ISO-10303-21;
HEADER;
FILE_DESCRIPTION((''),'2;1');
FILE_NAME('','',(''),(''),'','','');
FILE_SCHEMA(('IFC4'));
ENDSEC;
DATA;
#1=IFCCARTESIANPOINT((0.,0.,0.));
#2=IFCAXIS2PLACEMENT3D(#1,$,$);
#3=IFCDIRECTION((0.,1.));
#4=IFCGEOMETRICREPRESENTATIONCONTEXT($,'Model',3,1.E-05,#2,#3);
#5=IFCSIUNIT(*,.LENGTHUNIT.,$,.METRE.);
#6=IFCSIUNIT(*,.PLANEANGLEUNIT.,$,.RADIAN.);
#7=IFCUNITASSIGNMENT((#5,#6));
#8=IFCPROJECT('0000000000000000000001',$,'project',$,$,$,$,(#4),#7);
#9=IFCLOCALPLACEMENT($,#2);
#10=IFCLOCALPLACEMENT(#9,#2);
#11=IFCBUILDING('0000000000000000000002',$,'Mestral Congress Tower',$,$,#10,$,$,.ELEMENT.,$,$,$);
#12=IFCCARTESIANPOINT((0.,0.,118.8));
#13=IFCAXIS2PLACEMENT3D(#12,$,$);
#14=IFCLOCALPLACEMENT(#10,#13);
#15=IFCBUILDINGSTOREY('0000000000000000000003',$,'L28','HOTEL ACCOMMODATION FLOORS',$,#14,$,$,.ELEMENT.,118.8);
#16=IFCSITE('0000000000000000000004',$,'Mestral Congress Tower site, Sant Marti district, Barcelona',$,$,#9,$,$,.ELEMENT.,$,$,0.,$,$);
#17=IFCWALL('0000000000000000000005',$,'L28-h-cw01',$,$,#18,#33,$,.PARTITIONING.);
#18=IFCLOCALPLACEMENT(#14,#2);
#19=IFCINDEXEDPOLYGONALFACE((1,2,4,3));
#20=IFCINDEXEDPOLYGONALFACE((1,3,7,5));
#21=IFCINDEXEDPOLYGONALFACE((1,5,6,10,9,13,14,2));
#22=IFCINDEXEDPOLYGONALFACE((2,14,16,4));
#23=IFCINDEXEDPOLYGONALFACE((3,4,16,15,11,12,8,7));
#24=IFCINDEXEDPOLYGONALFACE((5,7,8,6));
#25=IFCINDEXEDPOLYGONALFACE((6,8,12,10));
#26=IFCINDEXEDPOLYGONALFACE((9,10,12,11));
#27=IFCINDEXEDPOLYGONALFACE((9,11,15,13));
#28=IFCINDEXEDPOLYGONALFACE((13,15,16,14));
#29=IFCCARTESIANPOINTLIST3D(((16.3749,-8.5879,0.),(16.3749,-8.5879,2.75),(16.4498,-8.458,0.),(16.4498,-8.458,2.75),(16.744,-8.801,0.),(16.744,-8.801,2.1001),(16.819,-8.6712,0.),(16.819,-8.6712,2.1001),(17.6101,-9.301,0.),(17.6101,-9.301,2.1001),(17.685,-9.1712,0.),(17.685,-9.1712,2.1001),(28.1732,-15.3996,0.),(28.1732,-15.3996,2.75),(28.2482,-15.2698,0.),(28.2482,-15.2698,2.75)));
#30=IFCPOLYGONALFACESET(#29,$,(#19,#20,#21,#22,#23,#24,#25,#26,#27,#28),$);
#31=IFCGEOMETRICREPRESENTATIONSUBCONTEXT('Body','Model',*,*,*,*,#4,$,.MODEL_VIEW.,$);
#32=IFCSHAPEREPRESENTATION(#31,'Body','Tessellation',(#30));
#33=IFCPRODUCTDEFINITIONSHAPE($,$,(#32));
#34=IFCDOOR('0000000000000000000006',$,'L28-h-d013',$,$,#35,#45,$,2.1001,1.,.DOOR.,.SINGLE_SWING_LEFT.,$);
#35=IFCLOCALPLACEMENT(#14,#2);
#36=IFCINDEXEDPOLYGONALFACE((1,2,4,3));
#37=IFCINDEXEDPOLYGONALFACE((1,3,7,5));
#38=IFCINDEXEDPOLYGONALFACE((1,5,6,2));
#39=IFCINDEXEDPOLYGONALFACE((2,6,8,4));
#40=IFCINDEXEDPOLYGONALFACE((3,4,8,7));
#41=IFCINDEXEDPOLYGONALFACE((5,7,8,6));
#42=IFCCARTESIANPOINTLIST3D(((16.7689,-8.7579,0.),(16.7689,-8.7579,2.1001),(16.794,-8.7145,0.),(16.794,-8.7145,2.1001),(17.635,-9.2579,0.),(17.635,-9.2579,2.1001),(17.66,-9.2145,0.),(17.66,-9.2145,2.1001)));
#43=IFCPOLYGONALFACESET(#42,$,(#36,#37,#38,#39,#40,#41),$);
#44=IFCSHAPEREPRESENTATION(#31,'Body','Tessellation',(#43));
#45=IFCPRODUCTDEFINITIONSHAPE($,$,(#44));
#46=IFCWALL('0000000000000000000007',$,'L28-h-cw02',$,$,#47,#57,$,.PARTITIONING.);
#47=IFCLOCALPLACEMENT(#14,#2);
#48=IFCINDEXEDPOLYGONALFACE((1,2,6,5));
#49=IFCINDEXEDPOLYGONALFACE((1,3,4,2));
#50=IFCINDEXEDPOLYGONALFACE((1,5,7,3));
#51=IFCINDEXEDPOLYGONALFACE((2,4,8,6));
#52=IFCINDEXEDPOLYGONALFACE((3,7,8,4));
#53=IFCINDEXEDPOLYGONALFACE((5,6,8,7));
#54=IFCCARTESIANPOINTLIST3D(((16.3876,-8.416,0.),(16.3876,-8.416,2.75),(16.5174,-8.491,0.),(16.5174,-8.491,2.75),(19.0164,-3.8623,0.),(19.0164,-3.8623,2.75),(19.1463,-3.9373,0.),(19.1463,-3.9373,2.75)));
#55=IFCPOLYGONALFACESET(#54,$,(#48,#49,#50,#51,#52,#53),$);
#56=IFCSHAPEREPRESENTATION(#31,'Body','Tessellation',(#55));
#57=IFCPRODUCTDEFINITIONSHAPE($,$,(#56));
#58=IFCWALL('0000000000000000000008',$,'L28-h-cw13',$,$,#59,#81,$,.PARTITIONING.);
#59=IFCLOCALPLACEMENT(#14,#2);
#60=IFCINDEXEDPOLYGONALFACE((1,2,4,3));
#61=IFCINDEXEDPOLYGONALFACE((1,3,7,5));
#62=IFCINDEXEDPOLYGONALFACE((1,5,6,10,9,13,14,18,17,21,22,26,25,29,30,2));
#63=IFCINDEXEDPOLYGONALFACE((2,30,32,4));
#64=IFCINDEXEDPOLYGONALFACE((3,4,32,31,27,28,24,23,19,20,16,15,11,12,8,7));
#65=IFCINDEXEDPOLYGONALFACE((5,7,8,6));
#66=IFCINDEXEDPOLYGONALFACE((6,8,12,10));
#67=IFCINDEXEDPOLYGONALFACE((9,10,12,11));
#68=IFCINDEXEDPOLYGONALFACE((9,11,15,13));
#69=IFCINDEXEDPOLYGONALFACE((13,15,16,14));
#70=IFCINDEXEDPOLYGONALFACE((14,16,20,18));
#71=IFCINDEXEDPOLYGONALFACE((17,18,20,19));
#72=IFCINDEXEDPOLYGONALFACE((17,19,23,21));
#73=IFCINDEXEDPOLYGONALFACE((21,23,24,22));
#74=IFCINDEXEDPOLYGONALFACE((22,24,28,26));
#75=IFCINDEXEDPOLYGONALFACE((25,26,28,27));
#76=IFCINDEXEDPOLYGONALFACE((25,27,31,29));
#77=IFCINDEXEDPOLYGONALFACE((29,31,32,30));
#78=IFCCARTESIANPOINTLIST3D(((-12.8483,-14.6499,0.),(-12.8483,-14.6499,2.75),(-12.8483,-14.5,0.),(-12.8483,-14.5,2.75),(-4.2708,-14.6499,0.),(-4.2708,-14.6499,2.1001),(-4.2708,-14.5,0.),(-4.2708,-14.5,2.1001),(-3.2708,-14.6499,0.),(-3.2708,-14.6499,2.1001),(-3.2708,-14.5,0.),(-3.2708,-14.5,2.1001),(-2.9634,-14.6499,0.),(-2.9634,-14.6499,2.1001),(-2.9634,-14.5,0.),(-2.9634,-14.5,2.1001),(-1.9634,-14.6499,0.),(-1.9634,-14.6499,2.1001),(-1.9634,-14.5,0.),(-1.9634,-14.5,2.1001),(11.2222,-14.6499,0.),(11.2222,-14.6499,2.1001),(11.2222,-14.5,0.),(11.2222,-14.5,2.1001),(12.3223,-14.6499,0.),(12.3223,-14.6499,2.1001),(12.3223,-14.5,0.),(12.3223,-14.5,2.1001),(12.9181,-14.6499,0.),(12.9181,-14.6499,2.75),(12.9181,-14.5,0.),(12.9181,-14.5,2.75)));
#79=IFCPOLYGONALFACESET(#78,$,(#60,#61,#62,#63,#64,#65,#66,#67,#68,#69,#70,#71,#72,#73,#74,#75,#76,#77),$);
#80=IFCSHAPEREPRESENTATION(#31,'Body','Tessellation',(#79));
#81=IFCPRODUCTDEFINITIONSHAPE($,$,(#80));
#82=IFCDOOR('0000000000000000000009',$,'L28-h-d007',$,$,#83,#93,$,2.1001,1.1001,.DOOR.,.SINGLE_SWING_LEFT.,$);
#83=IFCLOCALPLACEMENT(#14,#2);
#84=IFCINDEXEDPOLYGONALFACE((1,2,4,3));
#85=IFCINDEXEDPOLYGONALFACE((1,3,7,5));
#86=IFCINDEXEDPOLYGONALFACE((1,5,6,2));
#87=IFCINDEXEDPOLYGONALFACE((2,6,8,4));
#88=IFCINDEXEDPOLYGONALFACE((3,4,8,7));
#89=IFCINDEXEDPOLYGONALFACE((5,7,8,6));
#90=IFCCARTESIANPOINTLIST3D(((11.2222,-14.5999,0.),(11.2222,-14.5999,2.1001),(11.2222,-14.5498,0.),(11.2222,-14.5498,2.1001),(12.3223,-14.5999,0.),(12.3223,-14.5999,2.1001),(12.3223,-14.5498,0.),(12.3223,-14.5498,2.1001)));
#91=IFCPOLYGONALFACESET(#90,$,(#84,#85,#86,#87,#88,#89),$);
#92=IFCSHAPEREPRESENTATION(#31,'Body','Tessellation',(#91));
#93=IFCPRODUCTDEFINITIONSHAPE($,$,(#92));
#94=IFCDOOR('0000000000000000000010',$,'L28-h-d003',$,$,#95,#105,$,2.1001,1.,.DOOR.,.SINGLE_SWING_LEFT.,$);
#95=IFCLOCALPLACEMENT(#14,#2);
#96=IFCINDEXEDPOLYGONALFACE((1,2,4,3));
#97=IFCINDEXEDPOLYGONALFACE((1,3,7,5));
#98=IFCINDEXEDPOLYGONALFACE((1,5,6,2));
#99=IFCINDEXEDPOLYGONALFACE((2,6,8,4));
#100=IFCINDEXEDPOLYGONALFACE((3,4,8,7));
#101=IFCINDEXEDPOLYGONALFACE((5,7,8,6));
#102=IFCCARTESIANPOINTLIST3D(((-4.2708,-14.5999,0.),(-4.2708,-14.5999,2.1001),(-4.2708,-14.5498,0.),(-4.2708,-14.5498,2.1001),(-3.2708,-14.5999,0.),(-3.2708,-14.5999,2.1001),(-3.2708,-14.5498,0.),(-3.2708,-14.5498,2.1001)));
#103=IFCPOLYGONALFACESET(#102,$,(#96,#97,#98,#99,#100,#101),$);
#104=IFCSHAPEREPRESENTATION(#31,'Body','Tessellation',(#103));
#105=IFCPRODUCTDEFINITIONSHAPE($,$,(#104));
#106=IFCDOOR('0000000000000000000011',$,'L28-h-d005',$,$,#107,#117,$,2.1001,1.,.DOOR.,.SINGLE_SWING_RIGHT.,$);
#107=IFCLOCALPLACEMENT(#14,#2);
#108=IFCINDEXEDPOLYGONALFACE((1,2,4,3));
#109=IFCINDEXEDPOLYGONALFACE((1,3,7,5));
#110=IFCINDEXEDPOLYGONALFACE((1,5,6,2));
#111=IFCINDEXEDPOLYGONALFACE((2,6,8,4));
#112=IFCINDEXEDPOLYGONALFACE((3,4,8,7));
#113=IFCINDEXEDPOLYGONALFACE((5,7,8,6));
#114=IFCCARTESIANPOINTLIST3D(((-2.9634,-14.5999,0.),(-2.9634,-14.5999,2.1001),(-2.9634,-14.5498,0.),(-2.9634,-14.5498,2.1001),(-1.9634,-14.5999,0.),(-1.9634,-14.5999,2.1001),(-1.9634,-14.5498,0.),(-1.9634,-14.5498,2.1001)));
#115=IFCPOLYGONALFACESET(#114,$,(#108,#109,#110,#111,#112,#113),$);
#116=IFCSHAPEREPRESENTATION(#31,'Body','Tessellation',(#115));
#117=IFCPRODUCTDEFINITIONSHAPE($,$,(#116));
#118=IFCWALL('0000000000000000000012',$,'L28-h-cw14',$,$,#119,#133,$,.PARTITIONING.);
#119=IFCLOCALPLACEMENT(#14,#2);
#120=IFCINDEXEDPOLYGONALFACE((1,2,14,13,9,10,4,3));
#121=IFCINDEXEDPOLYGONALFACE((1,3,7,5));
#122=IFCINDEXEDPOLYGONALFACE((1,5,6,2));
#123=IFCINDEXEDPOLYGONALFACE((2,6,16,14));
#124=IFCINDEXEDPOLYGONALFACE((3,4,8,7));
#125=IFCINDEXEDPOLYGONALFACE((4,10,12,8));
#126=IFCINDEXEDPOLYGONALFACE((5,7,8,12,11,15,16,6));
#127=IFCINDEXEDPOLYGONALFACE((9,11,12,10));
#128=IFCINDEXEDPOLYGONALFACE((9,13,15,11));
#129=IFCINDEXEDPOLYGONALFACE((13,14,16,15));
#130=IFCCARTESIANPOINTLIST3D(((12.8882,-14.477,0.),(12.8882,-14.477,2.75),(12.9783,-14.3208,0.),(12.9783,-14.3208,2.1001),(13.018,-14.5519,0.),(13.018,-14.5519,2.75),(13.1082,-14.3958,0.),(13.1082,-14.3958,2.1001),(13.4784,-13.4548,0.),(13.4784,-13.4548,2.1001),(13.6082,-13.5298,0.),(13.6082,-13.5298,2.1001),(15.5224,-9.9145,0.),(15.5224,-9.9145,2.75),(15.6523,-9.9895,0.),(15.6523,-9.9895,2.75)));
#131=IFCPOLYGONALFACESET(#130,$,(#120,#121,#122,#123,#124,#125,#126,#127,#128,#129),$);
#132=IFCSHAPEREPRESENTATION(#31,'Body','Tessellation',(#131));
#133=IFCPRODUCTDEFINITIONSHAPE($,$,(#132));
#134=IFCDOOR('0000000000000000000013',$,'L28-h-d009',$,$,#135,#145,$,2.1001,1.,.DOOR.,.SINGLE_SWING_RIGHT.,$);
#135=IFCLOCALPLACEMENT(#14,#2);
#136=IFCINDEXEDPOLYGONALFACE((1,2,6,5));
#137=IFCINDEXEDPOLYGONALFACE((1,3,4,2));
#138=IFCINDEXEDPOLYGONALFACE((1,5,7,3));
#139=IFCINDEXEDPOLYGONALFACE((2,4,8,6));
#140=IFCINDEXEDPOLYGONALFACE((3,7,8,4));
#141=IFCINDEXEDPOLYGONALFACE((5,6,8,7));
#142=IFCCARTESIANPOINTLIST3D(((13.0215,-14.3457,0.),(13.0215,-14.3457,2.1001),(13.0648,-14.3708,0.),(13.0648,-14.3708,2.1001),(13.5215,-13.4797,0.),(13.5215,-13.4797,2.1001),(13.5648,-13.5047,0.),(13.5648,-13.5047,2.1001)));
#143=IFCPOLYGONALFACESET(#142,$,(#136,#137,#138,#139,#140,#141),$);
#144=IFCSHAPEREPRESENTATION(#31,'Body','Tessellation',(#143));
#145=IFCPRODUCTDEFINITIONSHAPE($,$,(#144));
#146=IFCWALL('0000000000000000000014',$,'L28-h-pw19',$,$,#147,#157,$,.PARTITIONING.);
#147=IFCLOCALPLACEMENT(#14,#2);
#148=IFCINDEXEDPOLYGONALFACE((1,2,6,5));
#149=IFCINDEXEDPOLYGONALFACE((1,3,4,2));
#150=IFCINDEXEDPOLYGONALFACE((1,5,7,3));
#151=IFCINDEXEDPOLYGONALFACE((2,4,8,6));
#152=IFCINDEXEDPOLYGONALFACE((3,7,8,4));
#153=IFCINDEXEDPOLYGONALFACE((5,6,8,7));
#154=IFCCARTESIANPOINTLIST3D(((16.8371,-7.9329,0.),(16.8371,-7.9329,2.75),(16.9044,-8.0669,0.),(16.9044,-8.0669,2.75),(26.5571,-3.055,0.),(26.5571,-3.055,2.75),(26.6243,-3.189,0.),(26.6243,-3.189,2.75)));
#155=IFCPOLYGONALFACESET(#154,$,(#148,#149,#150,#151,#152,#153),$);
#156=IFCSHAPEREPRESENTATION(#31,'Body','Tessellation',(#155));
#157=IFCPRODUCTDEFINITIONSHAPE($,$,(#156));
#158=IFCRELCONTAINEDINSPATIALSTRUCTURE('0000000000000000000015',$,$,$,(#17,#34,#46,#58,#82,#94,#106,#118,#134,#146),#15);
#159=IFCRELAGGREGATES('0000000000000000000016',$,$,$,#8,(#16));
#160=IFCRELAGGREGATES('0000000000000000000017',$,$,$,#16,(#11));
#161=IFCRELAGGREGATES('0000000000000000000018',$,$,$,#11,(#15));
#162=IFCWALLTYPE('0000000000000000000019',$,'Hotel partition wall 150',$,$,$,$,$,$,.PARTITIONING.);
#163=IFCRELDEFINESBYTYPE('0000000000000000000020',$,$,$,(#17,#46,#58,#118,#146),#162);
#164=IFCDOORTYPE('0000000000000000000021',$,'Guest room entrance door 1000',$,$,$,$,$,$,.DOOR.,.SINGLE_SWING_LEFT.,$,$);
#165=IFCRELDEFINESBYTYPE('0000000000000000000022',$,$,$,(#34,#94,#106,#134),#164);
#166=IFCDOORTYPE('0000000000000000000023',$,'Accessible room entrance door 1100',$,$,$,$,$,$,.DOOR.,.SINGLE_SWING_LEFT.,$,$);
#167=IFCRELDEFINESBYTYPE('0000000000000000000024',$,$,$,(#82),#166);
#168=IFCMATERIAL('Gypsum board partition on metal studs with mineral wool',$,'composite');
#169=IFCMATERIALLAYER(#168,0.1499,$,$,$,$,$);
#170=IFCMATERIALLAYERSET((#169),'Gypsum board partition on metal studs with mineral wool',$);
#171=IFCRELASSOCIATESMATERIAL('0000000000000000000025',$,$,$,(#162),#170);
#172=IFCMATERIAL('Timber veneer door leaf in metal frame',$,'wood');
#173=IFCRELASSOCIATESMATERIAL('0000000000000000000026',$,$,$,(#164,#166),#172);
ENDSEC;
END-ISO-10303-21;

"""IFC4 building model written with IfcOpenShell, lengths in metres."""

from ifc_helpers import new_model, si_unit, direction, frame, frame_2d, origin, place, context, subcontext, project, spatial, rectangle, extrude, material, layer, layer_set, type_object, element, fill, save


model = new_model("IFC4")

# Units and contexts
model_context = context("Model", 3, precision=1e-05, world=origin(), true_north=direction((0.0, 1.0)))
body_context = subcontext(model_context, "Body", "Model", "MODEL_VIEW")
ifc_project = project(units=[si_unit("LENGTHUNIT", "METRE"), si_unit("PLANEANGLEUNIT", "RADIAN")], contexts=[model_context])

# Site, building, storey
site_placement = place(None, origin())
site = spatial("IfcSite", under=ifc_project, at=site_placement, Name="Mestral Congress Tower site, Sant Marti district, Barcelona", CompositionType="ELEMENT", RefElevation=0.0)
building_placement = place(site_placement, origin())
building = spatial("IfcBuilding", under=site, at=building_placement, Name="Mestral Congress Tower", CompositionType="ELEMENT")
storey_placement = place(building_placement, frame((0.0, 0.0, 118.8)))
storey = spatial("IfcBuildingStorey", under=building, at=storey_placement, Name="L28", Description="HOTEL ACCOMMODATION FLOORS", CompositionType="ELEMENT", Elevation=118.8)

# Shared definitions
ifc_material_1 = material(Name="Gypsum board partition on metal studs with mineral wool", Category="composite")

# Wall, opening, door
ifc_layer_1 = layer(ifc_material_1, 0.1499)
ifc_layer_set_1 = layer_set([ifc_layer_1], Name="Gypsum board partition on metal studs with mineral wool")
wall_type_1 = type_object("IfcWallType", Name="Hotel partition wall 150", PredefinedType="PARTITIONING", material=ifc_layer_set_1)
wall_1_placement = place(storey_placement, frame((16.4124, -8.5229, 0.0), z_axis=(0.0, 0.0, 1.0), x_axis=(0.866026, -0.5, 0.0)))
wall_1 = element("IfcWall", 1, at=wall_1_placement, inside=storey, type_object=wall_type_1, Name="L28-h-cw01", PredefinedType="PARTITIONING", context=body_context, shape_type="SweptSolid", body=[
    extrude(rectangle(XDim=13.6235, YDim=0.1499, at=frame_2d((6.8118, 0.0))), origin(), (0.0, 0.0, 1.0), 2.75),
])
opening_1_placement = place(wall_1_placement, frame((0.4263, 0.0, 0.0)))
opening_1 = element("IfcOpeningElement", 2, at=opening_1_placement, cuts=wall_1, PredefinedType="OPENING", context=body_context, shape_type="SweptSolid", body=[
    extrude(rectangle(XDim=1.0, YDim=2.1001, at=frame_2d((0.5, 1.05))), frame((0.0, 0.085, 0.0), z_axis=(0.0, -1.0, 0.0), x_axis=(1.0, 0.0, 0.0)), (0.0, 0.0, 1.0), 0.1699),
])
ifc_material_2 = material(Name="Timber veneer door leaf in metal frame", Category="wood")
door_type_1 = type_object("IfcDoorType", Name="Guest room entrance door 1000", OperationType="SINGLE_SWING_LEFT", PredefinedType="DOOR", material=ifc_material_2)
door_1_placement = place(opening_1_placement, origin())
door_1 = element("IfcDoor", 3, at=door_1_placement, inside=storey, type_object=door_type_1, Name="L28-h-d013", OperationType="SINGLE_SWING_LEFT", OverallHeight=2.1001, OverallWidth=1.0, PredefinedType="DOOR", context=body_context, shape_type="SweptSolid", body=[
    extrude(rectangle(XDim=1.0, YDim=2.1001, at=frame_2d((0.5, 1.05))), frame((0.0, 0.0249, 0.0), z_axis=(0.0, -1.0, 0.0), x_axis=(1.0, 0.0, 0.0)), (0.0, 0.0, 1.0), 0.05),
])
fill(opening_1, door_1)

# Wall
wall_2_placement = place(storey_placement, frame((19.0813, -3.8999, 0.0), z_axis=(0.0, 0.0, 1.0), x_axis=(-0.499974, -0.86604, 0.0)))
element("IfcWall", 4, at=wall_2_placement, inside=storey, type_object=wall_type_1, Name="L28-h-cw02", PredefinedType="PARTITIONING", context=body_context, shape_type="SweptSolid", body=[
    extrude(rectangle(XDim=5.2581, YDim=0.1499, at=frame_2d((2.6289, 0.0))), origin(), (0.0, 0.0, 1.0), 2.75),
])

# Wall, openings, doors
wall_3_placement = place(storey_placement, frame((12.9182, -14.575, 0.0), z_axis=(0.0, 0.0, 1.0), x_axis=(-1.0, 0.0, 0.0)))
wall_3 = element("IfcWall", 5, at=wall_3_placement, inside=storey, type_object=wall_type_1, Name="L28-h-cw13", PredefinedType="PARTITIONING", context=body_context, shape_type="SweptSolid", body=[
    extrude(rectangle(XDim=25.7664, YDim=0.1499, at=frame_2d((12.8833, 0.0))), origin(), (0.0, 0.0, 1.0), 2.75),
])
opening_2_placement = place(wall_3_placement, frame((16.189, 0.0, 0.0)))
opening_2 = element("IfcOpeningElement", 6, at=opening_2_placement, cuts=wall_3, PredefinedType="OPENING", context=body_context, shape_type="SweptSolid", body=[
    extrude(rectangle(XDim=1.0, YDim=2.1001, at=frame_2d((0.5, 1.05))), frame((0.0, 0.085, 0.0), z_axis=(0.0, -1.0, 0.0), x_axis=(1.0, 0.0, 0.0)), (0.0, 0.0, 1.0), 0.1699),
])
opening_3_placement = place(wall_3_placement, frame((14.8816, 0.0, 0.0)))
opening_3 = element("IfcOpeningElement", 7, at=opening_3_placement, cuts=wall_3, PredefinedType="OPENING", context=body_context, shape_type="SweptSolid", body=[
    extrude(rectangle(XDim=1.0, YDim=2.1001, at=frame_2d((0.5, 1.05))), frame((0.0, 0.085, 0.0), z_axis=(0.0, -1.0, 0.0), x_axis=(1.0, 0.0, 0.0)), (0.0, 0.0, 1.0), 0.1699),
])
opening_4_placement = place(wall_3_placement, frame((0.5959, 0.0, 0.0)))
opening_4 = element("IfcOpeningElement", 8, at=opening_4_placement, cuts=wall_3, PredefinedType="OPENING", context=body_context, shape_type="SweptSolid", body=[
    extrude(rectangle(XDim=1.1001, YDim=2.1001, at=frame_2d((0.55, 1.05))), frame((0.0, 0.085, 0.0), z_axis=(0.0, -1.0, 0.0), x_axis=(1.0, 0.0, 0.0)), (0.0, 0.0, 1.0), 0.1699),
])
door_type_2 = type_object("IfcDoorType", Name="Accessible room entrance door 1100", OperationType="SINGLE_SWING_LEFT", PredefinedType="DOOR", material=ifc_material_2)
door_2_placement = place(opening_4_placement, origin())
door_2 = element("IfcDoor", 9, at=door_2_placement, inside=storey, type_object=door_type_2, Name="L28-h-d007", OperationType="SINGLE_SWING_LEFT", OverallHeight=2.1001, OverallWidth=1.1001, PredefinedType="DOOR", context=body_context, shape_type="SweptSolid", body=[
    extrude(rectangle(XDim=1.1001, YDim=2.1001, at=frame_2d((0.55, 1.05))), frame((0.0, 0.0249, 0.0), z_axis=(0.0, -1.0, 0.0), x_axis=(1.0, 0.0, 0.0)), (0.0, 0.0, 1.0), 0.05),
])
fill(opening_4, door_2)
door_3_placement = place(opening_2_placement, origin())
door_3 = element("IfcDoor", 10, at=door_3_placement, inside=storey, type_object=door_type_1, Name="L28-h-d003", OperationType="SINGLE_SWING_LEFT", OverallHeight=2.1001, OverallWidth=1.0, PredefinedType="DOOR", context=body_context, shape_type="SweptSolid", body=[
    extrude(rectangle(XDim=1.0, YDim=2.1001, at=frame_2d((0.5, 1.05))), frame((0.0, 0.0249, 0.0), z_axis=(0.0, -1.0, 0.0), x_axis=(1.0, 0.0, 0.0)), (0.0, 0.0, 1.0), 0.05),
])
fill(opening_2, door_3)
door_4_placement = place(opening_3_placement, origin())
door_4 = element("IfcDoor", 11, at=door_4_placement, inside=storey, type_object=door_type_1, Name="L28-h-d005", OperationType="SINGLE_SWING_RIGHT", OverallHeight=2.1001, OverallWidth=1.0, PredefinedType="DOOR", context=body_context, shape_type="SweptSolid", body=[
    extrude(rectangle(XDim=1.0, YDim=2.1001, at=frame_2d((0.5, 1.05))), frame((0.0, 0.0249, 0.0), z_axis=(0.0, -1.0, 0.0), x_axis=(1.0, 0.0, 0.0)), (0.0, 0.0, 1.0), 0.05),
])
fill(opening_3, door_4)

# Wall, opening, door
wall_4_placement = place(storey_placement, frame((15.5874, -9.9519, 0.0), z_axis=(0.0, 0.0, 1.0), x_axis=(-0.500017, -0.866016, 0.0)))
wall_4 = element("IfcWall", 12, at=wall_4_placement, inside=storey, type_object=wall_type_1, Name="L28-h-cw14", PredefinedType="PARTITIONING", context=body_context, shape_type="SweptSolid", body=[
    extrude(rectangle(XDim=5.2683, YDim=0.1499, at=frame_2d((2.6343, 0.0))), origin(), (0.0, 0.0, 1.0), 2.75),
])
opening_5_placement = place(wall_4_placement, frame((4.0881, 0.0, 0.0)))
opening_5 = element("IfcOpeningElement", 13, at=opening_5_placement, cuts=wall_4, PredefinedType="OPENING", context=body_context, shape_type="SweptSolid", body=[
    extrude(rectangle(XDim=1.0, YDim=2.1001, at=frame_2d((0.5, 1.05))), frame((0.0, 0.085, 0.0), z_axis=(0.0, -1.0, 0.0), x_axis=(1.0, 0.0, 0.0)), (0.0, 0.0, 1.0), 0.1699),
])
door_5_placement = place(opening_5_placement, origin())
door_5 = element("IfcDoor", 14, at=door_5_placement, inside=storey, type_object=door_type_1, Name="L28-h-d009", OperationType="SINGLE_SWING_RIGHT", OverallHeight=2.1001, OverallWidth=1.0, PredefinedType="DOOR", context=body_context, shape_type="SweptSolid", body=[
    extrude(rectangle(XDim=1.0, YDim=2.1001, at=frame_2d((0.5, 1.05))), frame((0.0, 0.0249, 0.0), z_axis=(0.0, -1.0, 0.0), x_axis=(1.0, 0.0, 0.0)), (0.0, 0.0, 1.0), 0.05),
])
fill(opening_5, door_5)

# Wall
wall_5_placement = place(storey_placement, frame((26.5906, -3.1221, 0.0), z_axis=(0.0, 0.0, 1.0), x_axis=(-0.893766, -0.448533, 0.0)))
element("IfcWall", 15, at=wall_5_placement, inside=storey, type_object=wall_type_1, Name="L28-h-pw19", PredefinedType="PARTITIONING", context=body_context, shape_type="SweptSolid", body=[
    extrude(rectangle(XDim=10.8752, YDim=0.1499, at=frame_2d((5.4375, 0.0))), origin(), (0.0, 0.0, 1.0), 2.75),
])

save(model, "model.ifc")
